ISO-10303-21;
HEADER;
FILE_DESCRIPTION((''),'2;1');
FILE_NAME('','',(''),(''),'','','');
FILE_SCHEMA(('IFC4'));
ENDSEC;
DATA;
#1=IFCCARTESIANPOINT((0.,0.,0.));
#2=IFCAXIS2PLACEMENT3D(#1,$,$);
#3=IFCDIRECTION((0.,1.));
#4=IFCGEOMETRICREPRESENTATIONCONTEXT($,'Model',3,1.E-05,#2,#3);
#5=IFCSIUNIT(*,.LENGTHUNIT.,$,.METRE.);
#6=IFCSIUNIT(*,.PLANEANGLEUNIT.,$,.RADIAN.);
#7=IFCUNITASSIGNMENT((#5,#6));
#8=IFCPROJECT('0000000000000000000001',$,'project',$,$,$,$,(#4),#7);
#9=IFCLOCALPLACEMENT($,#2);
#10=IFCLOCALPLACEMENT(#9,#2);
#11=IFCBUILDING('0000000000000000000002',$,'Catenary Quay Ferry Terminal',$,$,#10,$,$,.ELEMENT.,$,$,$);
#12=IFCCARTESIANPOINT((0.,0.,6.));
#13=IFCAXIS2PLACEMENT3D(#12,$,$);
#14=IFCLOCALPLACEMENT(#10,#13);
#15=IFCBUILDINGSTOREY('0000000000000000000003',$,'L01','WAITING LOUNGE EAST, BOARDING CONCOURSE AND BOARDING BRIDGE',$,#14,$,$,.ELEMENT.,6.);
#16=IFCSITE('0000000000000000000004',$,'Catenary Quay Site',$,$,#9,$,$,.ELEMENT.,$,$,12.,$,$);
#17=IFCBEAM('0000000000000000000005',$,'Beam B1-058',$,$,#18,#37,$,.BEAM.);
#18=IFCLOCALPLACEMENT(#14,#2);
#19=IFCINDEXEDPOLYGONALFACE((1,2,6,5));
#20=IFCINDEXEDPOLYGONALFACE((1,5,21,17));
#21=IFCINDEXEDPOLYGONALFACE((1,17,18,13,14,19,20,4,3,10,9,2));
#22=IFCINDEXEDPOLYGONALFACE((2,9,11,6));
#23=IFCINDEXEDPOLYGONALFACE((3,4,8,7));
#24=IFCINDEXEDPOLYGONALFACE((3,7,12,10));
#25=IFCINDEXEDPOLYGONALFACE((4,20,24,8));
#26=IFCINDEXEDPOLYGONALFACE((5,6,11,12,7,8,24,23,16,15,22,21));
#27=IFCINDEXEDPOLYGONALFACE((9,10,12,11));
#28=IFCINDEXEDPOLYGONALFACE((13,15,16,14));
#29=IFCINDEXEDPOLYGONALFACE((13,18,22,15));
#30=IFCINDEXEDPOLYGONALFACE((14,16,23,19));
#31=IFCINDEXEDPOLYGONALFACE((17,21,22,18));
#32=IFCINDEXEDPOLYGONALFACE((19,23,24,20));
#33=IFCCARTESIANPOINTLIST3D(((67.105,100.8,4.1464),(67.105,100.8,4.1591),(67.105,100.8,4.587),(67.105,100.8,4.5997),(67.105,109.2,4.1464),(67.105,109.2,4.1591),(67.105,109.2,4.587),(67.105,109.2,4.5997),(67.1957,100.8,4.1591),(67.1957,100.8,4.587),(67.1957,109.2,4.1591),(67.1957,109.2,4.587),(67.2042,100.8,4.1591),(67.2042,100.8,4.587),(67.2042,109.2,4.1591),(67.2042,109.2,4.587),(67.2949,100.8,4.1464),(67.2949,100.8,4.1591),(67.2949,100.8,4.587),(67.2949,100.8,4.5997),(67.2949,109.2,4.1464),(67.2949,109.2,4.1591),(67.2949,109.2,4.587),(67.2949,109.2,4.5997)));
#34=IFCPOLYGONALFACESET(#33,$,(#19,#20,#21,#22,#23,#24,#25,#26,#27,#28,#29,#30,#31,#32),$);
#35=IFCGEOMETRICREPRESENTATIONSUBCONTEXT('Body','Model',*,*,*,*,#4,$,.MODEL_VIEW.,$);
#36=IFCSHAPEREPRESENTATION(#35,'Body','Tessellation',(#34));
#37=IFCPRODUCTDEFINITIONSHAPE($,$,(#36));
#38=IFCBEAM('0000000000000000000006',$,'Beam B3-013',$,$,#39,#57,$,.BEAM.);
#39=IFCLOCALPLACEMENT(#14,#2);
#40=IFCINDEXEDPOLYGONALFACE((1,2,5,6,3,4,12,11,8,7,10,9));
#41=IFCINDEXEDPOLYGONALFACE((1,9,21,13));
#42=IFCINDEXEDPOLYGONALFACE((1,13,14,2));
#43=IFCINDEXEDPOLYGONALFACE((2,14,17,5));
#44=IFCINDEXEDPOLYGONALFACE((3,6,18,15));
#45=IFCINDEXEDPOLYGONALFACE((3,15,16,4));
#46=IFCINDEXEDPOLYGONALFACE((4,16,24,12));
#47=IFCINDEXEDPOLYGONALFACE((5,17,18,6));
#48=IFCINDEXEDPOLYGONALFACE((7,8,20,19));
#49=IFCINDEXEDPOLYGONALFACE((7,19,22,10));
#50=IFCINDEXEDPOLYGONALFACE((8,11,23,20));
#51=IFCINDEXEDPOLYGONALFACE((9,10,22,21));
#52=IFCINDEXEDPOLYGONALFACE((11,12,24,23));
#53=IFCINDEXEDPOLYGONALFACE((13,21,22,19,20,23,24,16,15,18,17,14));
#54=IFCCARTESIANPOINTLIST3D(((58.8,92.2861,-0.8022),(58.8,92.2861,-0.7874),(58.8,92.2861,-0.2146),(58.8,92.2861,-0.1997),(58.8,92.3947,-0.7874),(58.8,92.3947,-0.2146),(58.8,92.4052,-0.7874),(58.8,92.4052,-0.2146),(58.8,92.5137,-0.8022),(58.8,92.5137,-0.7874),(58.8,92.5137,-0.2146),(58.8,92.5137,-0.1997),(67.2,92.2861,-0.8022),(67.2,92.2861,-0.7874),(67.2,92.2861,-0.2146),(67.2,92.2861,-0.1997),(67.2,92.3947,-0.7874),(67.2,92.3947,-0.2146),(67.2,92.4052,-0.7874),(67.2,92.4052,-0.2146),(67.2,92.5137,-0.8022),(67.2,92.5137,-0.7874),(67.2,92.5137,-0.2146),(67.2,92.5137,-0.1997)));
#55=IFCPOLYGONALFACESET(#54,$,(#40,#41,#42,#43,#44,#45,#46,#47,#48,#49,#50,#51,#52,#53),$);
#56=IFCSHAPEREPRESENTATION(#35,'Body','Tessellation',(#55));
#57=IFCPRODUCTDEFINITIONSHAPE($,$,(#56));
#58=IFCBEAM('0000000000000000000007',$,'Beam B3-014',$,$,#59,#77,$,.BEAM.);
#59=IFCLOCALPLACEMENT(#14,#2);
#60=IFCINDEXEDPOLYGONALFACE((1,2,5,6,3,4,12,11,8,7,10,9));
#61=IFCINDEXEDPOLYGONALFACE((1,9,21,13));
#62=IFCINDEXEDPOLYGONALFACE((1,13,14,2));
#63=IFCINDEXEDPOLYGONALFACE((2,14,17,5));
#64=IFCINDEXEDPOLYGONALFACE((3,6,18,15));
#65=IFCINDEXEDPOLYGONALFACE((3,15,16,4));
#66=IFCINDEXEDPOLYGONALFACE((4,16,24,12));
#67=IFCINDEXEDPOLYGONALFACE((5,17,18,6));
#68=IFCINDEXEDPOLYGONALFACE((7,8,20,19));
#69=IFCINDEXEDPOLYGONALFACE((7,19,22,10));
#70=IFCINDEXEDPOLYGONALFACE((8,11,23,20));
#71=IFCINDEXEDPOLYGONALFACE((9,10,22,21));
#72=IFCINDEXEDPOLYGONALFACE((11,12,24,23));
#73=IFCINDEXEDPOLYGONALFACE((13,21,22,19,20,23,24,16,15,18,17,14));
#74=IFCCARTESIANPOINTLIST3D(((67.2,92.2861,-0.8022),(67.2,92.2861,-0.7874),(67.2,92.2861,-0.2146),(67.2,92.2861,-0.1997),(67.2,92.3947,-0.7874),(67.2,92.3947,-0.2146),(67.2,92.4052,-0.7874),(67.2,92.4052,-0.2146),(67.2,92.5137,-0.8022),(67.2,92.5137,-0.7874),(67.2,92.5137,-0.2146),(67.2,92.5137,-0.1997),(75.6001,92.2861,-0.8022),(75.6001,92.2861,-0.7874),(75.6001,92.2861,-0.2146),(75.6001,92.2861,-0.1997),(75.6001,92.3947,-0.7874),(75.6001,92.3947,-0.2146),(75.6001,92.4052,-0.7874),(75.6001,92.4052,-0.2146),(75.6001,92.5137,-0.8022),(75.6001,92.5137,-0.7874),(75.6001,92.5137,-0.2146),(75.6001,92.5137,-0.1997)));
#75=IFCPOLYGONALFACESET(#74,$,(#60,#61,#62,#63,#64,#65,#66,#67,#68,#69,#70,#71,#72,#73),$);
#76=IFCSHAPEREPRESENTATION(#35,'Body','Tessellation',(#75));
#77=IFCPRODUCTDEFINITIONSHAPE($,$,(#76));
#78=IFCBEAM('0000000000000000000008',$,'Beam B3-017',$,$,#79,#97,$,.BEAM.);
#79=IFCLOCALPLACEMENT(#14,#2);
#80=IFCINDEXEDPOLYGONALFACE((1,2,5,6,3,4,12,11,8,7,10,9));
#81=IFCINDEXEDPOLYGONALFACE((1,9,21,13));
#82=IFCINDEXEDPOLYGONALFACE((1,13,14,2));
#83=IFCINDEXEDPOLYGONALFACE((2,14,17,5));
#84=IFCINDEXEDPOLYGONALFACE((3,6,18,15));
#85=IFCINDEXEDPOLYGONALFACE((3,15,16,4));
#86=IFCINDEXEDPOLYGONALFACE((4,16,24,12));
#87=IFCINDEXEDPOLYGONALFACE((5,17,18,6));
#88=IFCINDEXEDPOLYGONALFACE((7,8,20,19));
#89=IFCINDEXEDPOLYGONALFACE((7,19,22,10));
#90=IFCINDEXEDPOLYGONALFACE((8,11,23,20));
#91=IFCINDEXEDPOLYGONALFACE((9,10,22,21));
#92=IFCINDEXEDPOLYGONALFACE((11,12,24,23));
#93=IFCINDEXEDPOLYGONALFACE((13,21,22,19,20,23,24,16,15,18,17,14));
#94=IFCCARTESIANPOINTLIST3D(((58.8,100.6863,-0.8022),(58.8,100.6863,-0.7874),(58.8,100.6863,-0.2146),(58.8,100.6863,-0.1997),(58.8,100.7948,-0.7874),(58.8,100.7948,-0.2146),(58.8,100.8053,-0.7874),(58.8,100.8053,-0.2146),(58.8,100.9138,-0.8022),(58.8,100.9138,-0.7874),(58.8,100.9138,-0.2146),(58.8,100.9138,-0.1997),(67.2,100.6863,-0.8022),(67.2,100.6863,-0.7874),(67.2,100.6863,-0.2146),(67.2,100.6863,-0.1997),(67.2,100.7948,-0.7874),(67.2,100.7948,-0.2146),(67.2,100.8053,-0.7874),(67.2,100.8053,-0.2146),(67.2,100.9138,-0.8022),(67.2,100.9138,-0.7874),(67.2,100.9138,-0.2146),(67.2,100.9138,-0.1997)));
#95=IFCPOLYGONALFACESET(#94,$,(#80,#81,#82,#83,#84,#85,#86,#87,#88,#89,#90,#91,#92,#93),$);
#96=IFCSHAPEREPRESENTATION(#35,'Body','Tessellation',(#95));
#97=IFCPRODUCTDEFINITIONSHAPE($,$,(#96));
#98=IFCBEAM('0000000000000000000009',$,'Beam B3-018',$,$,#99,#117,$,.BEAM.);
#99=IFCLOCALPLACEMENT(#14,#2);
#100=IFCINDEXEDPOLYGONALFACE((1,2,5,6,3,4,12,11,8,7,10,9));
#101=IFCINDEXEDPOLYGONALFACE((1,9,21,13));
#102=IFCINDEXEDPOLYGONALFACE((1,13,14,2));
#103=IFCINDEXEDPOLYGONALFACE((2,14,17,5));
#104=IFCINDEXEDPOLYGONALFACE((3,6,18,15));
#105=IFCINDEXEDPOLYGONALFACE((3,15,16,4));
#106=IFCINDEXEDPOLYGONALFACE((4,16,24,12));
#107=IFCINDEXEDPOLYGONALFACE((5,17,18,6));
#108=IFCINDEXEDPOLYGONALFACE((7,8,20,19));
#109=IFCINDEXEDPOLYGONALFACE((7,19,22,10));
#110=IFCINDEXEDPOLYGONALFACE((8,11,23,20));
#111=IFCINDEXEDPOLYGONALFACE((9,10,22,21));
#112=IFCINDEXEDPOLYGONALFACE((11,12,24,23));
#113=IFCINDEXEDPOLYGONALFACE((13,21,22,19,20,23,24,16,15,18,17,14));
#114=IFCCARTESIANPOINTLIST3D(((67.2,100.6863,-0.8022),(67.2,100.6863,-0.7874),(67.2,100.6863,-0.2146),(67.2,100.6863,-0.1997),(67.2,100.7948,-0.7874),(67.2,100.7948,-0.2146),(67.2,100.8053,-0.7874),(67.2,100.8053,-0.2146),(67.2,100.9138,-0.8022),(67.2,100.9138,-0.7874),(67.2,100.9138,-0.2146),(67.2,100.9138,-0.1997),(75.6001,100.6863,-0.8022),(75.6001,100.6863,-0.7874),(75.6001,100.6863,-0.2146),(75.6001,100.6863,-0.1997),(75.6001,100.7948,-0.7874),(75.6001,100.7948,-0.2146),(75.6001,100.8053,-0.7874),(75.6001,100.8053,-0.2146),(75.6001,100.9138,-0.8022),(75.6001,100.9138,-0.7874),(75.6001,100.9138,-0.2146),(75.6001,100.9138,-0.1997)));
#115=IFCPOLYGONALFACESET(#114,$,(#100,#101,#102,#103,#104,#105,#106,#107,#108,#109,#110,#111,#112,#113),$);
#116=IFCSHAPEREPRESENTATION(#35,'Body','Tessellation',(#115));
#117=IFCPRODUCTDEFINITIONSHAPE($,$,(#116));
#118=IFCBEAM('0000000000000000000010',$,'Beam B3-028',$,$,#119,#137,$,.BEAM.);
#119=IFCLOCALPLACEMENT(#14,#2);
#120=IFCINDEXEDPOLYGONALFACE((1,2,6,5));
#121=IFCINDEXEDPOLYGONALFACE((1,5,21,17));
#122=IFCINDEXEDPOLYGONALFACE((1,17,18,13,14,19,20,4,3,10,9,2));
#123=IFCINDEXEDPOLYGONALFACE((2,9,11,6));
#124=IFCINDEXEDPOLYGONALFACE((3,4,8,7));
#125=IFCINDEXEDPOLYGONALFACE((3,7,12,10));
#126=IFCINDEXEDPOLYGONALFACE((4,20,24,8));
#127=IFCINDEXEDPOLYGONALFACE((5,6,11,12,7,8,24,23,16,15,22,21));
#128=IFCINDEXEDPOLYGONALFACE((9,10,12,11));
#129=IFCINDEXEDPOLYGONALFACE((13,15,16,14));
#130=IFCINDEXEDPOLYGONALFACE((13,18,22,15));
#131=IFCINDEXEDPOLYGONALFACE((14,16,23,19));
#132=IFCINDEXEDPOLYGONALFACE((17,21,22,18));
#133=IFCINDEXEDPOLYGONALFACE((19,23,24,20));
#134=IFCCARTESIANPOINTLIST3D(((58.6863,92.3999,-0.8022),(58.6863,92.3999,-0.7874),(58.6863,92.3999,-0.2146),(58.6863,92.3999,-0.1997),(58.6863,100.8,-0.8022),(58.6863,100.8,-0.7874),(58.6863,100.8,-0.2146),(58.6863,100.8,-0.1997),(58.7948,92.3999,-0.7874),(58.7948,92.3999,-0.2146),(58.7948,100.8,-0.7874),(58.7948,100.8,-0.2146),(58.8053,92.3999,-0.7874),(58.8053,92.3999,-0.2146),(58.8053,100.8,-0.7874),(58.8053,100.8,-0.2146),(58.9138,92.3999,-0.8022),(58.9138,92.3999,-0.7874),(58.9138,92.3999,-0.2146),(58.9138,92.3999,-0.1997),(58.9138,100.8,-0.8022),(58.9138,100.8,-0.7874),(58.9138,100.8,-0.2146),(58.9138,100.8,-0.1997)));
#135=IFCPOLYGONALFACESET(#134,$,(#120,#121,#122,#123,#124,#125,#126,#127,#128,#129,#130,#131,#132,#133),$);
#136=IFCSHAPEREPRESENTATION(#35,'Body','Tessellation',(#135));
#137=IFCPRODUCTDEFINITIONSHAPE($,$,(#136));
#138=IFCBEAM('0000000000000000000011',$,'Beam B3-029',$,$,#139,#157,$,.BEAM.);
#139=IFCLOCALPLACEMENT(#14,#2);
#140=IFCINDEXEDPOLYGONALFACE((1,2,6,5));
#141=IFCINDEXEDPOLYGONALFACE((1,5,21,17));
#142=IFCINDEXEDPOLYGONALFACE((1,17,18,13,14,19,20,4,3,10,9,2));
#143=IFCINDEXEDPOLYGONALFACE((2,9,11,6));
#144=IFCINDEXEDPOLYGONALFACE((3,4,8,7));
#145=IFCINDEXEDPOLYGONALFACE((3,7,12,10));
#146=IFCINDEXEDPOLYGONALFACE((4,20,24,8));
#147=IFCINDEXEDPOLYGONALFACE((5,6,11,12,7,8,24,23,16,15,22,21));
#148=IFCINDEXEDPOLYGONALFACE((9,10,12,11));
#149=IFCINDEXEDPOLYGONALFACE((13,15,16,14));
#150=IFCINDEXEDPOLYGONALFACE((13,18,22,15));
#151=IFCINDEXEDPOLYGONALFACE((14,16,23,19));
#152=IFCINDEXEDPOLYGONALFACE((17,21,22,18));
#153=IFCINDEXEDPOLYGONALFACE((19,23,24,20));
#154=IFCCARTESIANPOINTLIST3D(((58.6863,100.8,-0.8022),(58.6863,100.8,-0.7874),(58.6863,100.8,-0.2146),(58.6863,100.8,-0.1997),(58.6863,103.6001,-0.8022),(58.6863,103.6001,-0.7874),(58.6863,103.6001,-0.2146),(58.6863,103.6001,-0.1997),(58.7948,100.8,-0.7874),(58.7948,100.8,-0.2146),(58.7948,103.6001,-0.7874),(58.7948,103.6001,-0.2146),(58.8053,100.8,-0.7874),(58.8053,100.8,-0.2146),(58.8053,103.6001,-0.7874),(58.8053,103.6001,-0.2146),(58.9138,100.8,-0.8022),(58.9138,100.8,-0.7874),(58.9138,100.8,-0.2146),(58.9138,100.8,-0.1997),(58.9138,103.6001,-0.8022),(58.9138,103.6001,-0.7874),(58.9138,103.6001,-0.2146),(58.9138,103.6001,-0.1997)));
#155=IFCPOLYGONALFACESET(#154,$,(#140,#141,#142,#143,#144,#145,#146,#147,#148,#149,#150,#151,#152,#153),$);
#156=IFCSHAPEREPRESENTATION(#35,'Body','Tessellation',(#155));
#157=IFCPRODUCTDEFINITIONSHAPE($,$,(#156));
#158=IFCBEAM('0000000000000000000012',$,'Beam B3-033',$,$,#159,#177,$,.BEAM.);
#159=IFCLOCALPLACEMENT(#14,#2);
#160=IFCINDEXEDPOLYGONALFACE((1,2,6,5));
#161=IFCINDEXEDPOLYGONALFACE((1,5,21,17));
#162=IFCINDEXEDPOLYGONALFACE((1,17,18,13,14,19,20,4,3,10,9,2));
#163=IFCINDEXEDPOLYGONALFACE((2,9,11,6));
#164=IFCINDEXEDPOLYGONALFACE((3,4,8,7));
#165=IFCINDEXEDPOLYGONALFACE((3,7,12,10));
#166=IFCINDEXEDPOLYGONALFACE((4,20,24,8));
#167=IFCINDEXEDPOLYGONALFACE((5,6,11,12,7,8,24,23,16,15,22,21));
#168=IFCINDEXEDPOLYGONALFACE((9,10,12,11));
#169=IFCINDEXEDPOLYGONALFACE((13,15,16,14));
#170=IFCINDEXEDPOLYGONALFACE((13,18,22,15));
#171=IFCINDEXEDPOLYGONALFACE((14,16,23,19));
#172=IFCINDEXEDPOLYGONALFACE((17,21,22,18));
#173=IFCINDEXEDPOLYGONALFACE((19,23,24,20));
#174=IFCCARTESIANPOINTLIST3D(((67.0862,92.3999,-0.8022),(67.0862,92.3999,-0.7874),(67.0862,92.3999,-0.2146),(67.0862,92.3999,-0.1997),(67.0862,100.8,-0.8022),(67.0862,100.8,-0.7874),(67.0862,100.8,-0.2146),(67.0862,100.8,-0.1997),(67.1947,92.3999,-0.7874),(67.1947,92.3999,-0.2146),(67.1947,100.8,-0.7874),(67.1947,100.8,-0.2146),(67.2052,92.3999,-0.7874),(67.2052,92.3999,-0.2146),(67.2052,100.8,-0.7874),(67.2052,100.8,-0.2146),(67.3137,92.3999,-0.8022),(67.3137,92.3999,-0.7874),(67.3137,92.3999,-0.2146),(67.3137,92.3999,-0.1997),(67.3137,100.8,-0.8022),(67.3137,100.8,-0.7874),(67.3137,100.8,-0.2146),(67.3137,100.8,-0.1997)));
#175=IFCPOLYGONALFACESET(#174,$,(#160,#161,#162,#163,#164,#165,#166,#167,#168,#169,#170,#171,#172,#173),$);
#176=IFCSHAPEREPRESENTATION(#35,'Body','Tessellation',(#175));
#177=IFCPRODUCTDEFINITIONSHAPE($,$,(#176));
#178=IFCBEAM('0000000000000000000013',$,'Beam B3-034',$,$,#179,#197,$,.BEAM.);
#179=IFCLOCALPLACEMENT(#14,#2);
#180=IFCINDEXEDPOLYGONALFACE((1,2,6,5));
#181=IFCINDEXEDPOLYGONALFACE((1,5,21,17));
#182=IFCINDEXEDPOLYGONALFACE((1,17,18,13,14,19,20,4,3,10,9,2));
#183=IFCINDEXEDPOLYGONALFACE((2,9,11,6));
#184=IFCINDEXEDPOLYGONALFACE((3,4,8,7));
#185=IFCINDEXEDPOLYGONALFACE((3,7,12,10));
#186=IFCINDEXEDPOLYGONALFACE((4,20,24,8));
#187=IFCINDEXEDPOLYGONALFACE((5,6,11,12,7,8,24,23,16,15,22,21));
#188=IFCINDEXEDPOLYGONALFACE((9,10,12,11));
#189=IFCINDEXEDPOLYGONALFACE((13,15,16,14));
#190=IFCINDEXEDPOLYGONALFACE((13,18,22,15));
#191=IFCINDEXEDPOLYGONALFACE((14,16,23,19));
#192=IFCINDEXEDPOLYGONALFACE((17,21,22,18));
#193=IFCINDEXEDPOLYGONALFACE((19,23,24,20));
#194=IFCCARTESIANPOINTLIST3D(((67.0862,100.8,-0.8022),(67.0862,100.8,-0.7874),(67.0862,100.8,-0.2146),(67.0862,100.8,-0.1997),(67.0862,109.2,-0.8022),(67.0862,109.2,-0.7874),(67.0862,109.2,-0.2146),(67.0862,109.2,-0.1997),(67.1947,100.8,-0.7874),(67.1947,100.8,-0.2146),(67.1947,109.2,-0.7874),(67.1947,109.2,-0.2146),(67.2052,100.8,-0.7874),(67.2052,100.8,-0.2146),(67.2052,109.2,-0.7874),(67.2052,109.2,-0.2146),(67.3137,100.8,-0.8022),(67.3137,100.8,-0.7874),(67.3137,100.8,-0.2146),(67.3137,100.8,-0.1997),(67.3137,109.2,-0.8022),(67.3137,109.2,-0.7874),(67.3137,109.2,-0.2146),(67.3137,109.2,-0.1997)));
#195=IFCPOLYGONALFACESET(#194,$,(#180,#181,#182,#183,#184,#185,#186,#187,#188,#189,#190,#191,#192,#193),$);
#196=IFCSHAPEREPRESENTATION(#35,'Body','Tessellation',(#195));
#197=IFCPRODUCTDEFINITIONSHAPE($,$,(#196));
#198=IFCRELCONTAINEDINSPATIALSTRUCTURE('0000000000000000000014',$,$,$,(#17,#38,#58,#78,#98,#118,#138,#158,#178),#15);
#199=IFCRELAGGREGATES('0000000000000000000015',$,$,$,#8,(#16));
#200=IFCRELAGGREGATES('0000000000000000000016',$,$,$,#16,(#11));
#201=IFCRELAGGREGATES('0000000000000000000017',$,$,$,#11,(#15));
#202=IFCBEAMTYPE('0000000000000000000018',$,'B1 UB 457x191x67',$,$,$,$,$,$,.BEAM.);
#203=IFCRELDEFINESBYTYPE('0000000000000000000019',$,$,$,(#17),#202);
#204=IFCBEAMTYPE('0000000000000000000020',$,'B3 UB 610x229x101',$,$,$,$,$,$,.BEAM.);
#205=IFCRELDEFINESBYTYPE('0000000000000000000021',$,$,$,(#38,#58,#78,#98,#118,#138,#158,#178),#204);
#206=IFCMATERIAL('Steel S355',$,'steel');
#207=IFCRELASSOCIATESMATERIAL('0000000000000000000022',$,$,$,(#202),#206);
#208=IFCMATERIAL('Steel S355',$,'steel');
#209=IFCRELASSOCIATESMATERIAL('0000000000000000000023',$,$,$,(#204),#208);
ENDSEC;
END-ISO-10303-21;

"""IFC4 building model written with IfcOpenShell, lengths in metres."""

from ifc_helpers import new_model, si_unit, direction, frame, origin, origin_2d, place, context, subcontext, project, spatial, i_section, extrude, material, material_profile, profile_set, type_object, element, save


model = new_model("IFC4")

# Units and contexts
model_context = context("Model", 3, precision=1e-05, world=origin(), true_north=direction((0.0, 1.0)))
body_context = subcontext(model_context, "Body", "Model", "MODEL_VIEW")
ifc_project = project(units=[si_unit("LENGTHUNIT", "METRE"), si_unit("PLANEANGLEUNIT", "RADIAN")], contexts=[model_context])

# Site, building, storey
site_placement = place(None, origin())
site = spatial("IfcSite", under=ifc_project, at=site_placement, Name="Catenary Quay Site", CompositionType="ELEMENT", RefElevation=12.0)
building_placement = place(site_placement, origin())
building = spatial("IfcBuilding", under=site, at=building_placement, Name="Catenary Quay Ferry Terminal", CompositionType="ELEMENT")
storey_placement = place(building_placement, frame((0.0, 0.0, 6.0)))
storey = spatial("IfcBuildingStorey", under=building, at=storey_placement, Name="L01", Description="WAITING LOUNGE EAST, BOARDING CONCOURSE AND BOARDING BRIDGE", CompositionType="ELEMENT", Elevation=6.0)

# Beams
ifc_material_1 = material(Name="Steel S355", Category="steel")
ifc_material_profile_1 = material_profile(ifc_material_1, i_section(OverallWidth=0.1899, OverallDepth=0.4534, WebThickness=0.0085, FlangeThickness=0.0127, at=origin_2d()), Name="UB 457x191x67")
ifc_profile_set_1 = profile_set([ifc_material_profile_1], Name="Steel S355")
beam_type_1 = type_object("IfcBeamType", Name="B1 UB 457x191x67", PredefinedType="BEAM", material=ifc_profile_set_1)
for number, where, z_axis, x_axis, name in (
    (1, (67.2, 100.8, 4.373), (0.0, 1.0, 0.0), (-1.0, 0.0, 0.0), "Beam B1-058"),
):
    element("IfcBeam", number, at=place(storey_placement, frame(where, z_axis=z_axis, x_axis=x_axis)), inside=storey, type_object=beam_type_1, Name=name, PredefinedType="BEAM", context=body_context, shape_type="SweptSolid", body=[
        extrude(i_section(OverallWidth=0.1899, OverallDepth=0.4534, WebThickness=0.0085, FlangeThickness=0.0127, at=origin_2d()), origin(), (0.0, 0.0, 1.0), 8.3999),
    ])
ifc_material_2 = material(Name="Steel S355", Category="steel")
ifc_material_profile_2 = material_profile(ifc_material_2, i_section(OverallWidth=0.2275, OverallDepth=0.6025, WebThickness=0.0105, FlangeThickness=0.0149, at=origin_2d()), Name="UB 610x229x101")
ifc_profile_set_2 = profile_set([ifc_material_profile_2], Name="Steel S355")
beam_type_2 = type_object("IfcBeamType", Name="B3 UB 610x229x101", PredefinedType="BEAM", material=ifc_profile_set_2)
beam_1_placement = place(storey_placement, frame((58.8, 92.3999, -0.501), z_axis=(1.0, 0.0, 0.0), x_axis=(0.0, 1.0, 0.0)))
element("IfcBeam", 2, at=beam_1_placement, inside=storey, type_object=beam_type_2, Name="Beam B3-013", PredefinedType="BEAM", context=body_context, shape_type="SweptSolid", body=[
    extrude(i_section(OverallWidth=0.2275, OverallDepth=0.6025, WebThickness=0.0105, FlangeThickness=0.0149, at=origin_2d()), origin(), (0.0, 0.0, 1.0), 8.3999),
])
beam_2_placement = place(storey_placement, frame((67.2, 92.3999, -0.501), z_axis=(1.0, 0.0, 0.0), x_axis=(0.0, 1.0, 0.0)))
element("IfcBeam", 3, at=beam_2_placement, inside=storey, type_object=beam_type_2, Name="Beam B3-014", PredefinedType="BEAM", context=body_context, shape_type="SweptSolid", body=[
    extrude(i_section(OverallWidth=0.2275, OverallDepth=0.6025, WebThickness=0.0105, FlangeThickness=0.0149, at=origin_2d()), origin(), (0.0, 0.0, 1.0), 8.4001),
])
beam_3_placement = place(storey_placement, frame((58.8, 100.8, -0.501), z_axis=(1.0, 0.0, 0.0), x_axis=(0.0, 1.0, 0.0)))
element("IfcBeam", 4, at=beam_3_placement, inside=storey, type_object=beam_type_2, Name="Beam B3-017", PredefinedType="BEAM", context=body_context, shape_type="SweptSolid", body=[
    extrude(i_section(OverallWidth=0.2275, OverallDepth=0.6025, WebThickness=0.0105, FlangeThickness=0.0149, at=origin_2d()), origin(), (0.0, 0.0, 1.0), 8.3999),
])
for number, where, z_axis, x_axis, name in (
    (5, (67.2, 100.8, -0.501), (1.0, 0.0, 0.0), (0.0, 1.0, 0.0), "Beam B3-018"),
    (6, (58.8, 92.3999, -0.501), (0.0, 1.0, 0.0), (-1.0, 0.0, 0.0), "Beam B3-028"),
):
    element("IfcBeam", number, at=place(storey_placement, frame(where, z_axis=z_axis, x_axis=x_axis)), inside=storey, type_object=beam_type_2, Name=name, PredefinedType="BEAM", context=body_context, shape_type="SweptSolid", body=[
        extrude(i_section(OverallWidth=0.2275, OverallDepth=0.6025, WebThickness=0.0105, FlangeThickness=0.0149, at=origin_2d()), origin(), (0.0, 0.0, 1.0), 8.4001),
    ])
beam_4_placement = place(storey_placement, frame((58.8, 100.8, -0.501), z_axis=(0.0, 1.0, 0.0), x_axis=(-1.0, 0.0, 0.0)))
element("IfcBeam", 7, at=beam_4_placement, inside=storey, type_object=beam_type_2, Name="Beam B3-029", PredefinedType="BEAM", context=body_context, shape_type="SweptSolid", body=[
    extrude(i_section(OverallWidth=0.2275, OverallDepth=0.6025, WebThickness=0.0105, FlangeThickness=0.0149, at=origin_2d()), origin(), (0.0, 0.0, 1.0), 2.8),
])
beam_5_placement = place(storey_placement, frame((67.2, 92.3999, -0.501), z_axis=(0.0, 1.0, 0.0), x_axis=(-1.0, 0.0, 0.0)))
element("IfcBeam", 8, at=beam_5_placement, inside=storey, type_object=beam_type_2, Name="Beam B3-033", PredefinedType="BEAM", context=body_context, shape_type="SweptSolid", body=[
    extrude(i_section(OverallWidth=0.2275, OverallDepth=0.6025, WebThickness=0.0105, FlangeThickness=0.0149, at=origin_2d()), origin(), (0.0, 0.0, 1.0), 8.4001),
])
beam_6_placement = place(storey_placement, frame((67.2, 100.8, -0.501), z_axis=(0.0, 1.0, 0.0), x_axis=(-1.0, 0.0, 0.0)))
element("IfcBeam", 9, at=beam_6_placement, inside=storey, type_object=beam_type_2, Name="Beam B3-034", PredefinedType="BEAM", context=body_context, shape_type="SweptSolid", body=[
    extrude(i_section(OverallWidth=0.2275, OverallDepth=0.6025, WebThickness=0.0105, FlangeThickness=0.0149, at=origin_2d()), origin(), (0.0, 0.0, 1.0), 8.3999),
])

save(model, "model.ifc")
